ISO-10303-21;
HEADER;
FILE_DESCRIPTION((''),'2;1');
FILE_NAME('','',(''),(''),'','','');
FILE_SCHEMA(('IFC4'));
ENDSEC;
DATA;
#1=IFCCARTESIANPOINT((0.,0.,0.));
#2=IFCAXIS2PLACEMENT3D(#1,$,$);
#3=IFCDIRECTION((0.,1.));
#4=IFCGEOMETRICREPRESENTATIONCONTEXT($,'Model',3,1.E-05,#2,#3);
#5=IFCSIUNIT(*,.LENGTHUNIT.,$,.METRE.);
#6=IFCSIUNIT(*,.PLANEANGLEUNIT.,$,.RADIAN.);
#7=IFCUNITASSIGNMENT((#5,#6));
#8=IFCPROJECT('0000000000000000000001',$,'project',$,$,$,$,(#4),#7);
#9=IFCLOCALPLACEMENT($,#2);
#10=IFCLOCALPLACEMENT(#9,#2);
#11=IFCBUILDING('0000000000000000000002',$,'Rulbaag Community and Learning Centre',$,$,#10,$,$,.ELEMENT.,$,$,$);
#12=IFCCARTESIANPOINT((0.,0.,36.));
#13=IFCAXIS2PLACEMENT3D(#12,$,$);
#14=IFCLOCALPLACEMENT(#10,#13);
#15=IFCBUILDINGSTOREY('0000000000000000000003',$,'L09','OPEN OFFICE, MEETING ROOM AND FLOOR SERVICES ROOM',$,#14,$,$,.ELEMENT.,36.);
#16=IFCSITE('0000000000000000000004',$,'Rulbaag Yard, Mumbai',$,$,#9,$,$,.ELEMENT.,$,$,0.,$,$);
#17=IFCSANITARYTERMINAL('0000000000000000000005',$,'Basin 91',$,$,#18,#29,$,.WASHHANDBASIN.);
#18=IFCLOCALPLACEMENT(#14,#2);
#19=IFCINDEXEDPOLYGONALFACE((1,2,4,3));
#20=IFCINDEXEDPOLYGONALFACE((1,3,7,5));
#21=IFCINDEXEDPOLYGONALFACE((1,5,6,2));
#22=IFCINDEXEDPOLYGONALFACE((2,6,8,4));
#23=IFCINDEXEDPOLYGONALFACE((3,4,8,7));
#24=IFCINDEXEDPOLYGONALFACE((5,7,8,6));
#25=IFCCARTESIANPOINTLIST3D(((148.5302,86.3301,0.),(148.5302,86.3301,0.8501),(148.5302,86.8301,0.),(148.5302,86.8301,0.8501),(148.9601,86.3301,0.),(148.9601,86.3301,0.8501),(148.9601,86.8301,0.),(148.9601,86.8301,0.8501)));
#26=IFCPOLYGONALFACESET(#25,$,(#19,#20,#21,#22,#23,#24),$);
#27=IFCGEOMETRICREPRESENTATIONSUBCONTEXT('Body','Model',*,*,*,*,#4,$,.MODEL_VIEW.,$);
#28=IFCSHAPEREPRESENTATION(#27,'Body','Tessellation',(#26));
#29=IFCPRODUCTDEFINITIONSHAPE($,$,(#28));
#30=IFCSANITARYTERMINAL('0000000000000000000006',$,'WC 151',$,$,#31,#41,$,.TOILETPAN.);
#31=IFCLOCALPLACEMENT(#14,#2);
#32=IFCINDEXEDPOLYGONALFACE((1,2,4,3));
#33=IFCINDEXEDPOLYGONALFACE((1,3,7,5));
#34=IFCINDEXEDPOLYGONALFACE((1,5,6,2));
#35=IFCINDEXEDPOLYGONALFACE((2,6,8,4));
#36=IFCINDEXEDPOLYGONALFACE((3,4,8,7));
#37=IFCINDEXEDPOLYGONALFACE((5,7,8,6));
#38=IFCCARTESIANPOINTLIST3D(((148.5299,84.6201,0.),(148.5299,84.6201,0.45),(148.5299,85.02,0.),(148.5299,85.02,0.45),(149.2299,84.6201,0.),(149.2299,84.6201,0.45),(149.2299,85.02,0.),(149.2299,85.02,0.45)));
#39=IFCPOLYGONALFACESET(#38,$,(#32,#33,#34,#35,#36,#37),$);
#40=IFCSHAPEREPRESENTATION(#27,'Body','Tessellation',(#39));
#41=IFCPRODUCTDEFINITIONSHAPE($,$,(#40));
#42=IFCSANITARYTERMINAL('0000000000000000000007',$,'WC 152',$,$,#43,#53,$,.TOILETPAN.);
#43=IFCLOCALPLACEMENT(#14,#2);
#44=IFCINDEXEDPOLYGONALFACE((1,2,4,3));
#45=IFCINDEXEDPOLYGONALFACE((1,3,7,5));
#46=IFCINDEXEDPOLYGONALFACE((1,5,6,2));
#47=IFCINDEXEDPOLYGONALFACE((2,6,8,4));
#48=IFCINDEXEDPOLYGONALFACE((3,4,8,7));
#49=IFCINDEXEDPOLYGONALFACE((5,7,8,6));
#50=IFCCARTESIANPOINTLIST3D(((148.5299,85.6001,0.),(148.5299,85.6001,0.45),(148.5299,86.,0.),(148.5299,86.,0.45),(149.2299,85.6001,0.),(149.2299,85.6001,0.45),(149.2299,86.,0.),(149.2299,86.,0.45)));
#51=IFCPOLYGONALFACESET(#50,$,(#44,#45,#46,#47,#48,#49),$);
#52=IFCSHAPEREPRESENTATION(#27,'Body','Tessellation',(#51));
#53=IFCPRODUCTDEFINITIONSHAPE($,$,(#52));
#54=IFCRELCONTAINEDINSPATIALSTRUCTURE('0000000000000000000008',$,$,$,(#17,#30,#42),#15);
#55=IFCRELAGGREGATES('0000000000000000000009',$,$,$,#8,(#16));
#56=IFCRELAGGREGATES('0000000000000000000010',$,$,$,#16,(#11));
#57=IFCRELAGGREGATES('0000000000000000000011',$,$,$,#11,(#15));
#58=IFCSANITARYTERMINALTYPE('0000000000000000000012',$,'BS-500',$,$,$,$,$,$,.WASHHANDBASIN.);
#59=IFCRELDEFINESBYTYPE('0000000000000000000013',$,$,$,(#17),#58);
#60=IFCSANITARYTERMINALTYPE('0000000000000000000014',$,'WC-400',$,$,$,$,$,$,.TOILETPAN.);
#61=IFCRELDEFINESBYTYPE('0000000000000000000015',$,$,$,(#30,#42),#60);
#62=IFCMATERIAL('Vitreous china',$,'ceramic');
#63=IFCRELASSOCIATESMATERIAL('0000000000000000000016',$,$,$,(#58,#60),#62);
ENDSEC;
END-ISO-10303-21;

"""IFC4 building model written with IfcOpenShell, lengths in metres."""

from ifc_helpers import new_model, si_unit, direction, frame, origin, origin_2d, place, context, subcontext, project, spatial, rectangle, extrude, material, type_object, element, save


model = new_model("IFC4")

# Units and contexts
model_context = context("Model", 3, precision=1e-05, world=origin(), true_north=direction((0.0, 1.0)))
body_context = subcontext(model_context, "Body", "Model", "MODEL_VIEW")
ifc_project = project(units=[si_unit("LENGTHUNIT", "METRE"), si_unit("PLANEANGLEUNIT", "RADIAN")], contexts=[model_context])

# Site, building, storey
site_placement = place(None, origin())
site = spatial("IfcSite", under=ifc_project, at=site_placement, Name="Rulbaag Yard, Mumbai", CompositionType="ELEMENT", RefElevation=0.0)
building_placement = place(site_placement, origin())
building = spatial("IfcBuilding", under=site, at=building_placement, Name="Rulbaag Community and Learning Centre", CompositionType="ELEMENT")
storey_placement = place(building_placement, frame((0.0, 0.0, 36.0)))
storey = spatial("IfcBuildingStorey", under=building, at=storey_placement, Name="L09", Description="OPEN OFFICE, MEETING ROOM AND FLOOR SERVICES ROOM", CompositionType="ELEMENT", Elevation=36.0)

# Sanitary terminals
ifc_material_1 = material(Name="Vitreous china", Category="ceramic")
sanitary_terminal_type_1 = type_object("IfcSanitaryTerminalType", Name="BS-500", PredefinedType="WASHHANDBASIN", material=ifc_material_1)
sanitary_terminal_placement = place(storey_placement, frame((148.7451, 86.5801, 0.0), z_axis=(0.0, 0.0, 1.0), x_axis=(1.0, 0.0, 0.0)))
element("IfcSanitaryTerminal", 1, at=sanitary_terminal_placement, inside=storey, type_object=sanitary_terminal_type_1, Name="Basin 91", PredefinedType="WASHHANDBASIN", context=body_context, shape_type="SweptSolid", body=[
    extrude(rectangle(XDim=0.4299, YDim=0.5, at=origin_2d()), origin(), (0.0, 0.0, 1.0), 0.8501),
])
sanitary_terminal_type_2 = type_object("IfcSanitaryTerminalType", Name="WC-400", PredefinedType="TOILETPAN", material=ifc_material_1)
for number, where, z_axis, x_axis, name in (
    (2, (148.8799, 84.8201, 0.0), (0.0, 0.0, 1.0), (1.0, 0.0, 0.0), "WC 151"),
    (3, (148.8799, 85.8, 0.0), (0.0, 0.0, 1.0), (1.0, 0.0, 0.0), "WC 152"),
):
    element("IfcSanitaryTerminal", number, at=place(storey_placement, frame(where, z_axis=z_axis, x_axis=x_axis)), inside=storey, type_object=sanitary_terminal_type_2, Name=name, PredefinedType="TOILETPAN", context=body_context, shape_type="SweptSolid", body=[
        extrude(rectangle(XDim=0.7, YDim=0.3999, at=origin_2d()), origin(), (0.0, 0.0, 1.0), 0.45),
    ])

save(model, "model.ifc")
